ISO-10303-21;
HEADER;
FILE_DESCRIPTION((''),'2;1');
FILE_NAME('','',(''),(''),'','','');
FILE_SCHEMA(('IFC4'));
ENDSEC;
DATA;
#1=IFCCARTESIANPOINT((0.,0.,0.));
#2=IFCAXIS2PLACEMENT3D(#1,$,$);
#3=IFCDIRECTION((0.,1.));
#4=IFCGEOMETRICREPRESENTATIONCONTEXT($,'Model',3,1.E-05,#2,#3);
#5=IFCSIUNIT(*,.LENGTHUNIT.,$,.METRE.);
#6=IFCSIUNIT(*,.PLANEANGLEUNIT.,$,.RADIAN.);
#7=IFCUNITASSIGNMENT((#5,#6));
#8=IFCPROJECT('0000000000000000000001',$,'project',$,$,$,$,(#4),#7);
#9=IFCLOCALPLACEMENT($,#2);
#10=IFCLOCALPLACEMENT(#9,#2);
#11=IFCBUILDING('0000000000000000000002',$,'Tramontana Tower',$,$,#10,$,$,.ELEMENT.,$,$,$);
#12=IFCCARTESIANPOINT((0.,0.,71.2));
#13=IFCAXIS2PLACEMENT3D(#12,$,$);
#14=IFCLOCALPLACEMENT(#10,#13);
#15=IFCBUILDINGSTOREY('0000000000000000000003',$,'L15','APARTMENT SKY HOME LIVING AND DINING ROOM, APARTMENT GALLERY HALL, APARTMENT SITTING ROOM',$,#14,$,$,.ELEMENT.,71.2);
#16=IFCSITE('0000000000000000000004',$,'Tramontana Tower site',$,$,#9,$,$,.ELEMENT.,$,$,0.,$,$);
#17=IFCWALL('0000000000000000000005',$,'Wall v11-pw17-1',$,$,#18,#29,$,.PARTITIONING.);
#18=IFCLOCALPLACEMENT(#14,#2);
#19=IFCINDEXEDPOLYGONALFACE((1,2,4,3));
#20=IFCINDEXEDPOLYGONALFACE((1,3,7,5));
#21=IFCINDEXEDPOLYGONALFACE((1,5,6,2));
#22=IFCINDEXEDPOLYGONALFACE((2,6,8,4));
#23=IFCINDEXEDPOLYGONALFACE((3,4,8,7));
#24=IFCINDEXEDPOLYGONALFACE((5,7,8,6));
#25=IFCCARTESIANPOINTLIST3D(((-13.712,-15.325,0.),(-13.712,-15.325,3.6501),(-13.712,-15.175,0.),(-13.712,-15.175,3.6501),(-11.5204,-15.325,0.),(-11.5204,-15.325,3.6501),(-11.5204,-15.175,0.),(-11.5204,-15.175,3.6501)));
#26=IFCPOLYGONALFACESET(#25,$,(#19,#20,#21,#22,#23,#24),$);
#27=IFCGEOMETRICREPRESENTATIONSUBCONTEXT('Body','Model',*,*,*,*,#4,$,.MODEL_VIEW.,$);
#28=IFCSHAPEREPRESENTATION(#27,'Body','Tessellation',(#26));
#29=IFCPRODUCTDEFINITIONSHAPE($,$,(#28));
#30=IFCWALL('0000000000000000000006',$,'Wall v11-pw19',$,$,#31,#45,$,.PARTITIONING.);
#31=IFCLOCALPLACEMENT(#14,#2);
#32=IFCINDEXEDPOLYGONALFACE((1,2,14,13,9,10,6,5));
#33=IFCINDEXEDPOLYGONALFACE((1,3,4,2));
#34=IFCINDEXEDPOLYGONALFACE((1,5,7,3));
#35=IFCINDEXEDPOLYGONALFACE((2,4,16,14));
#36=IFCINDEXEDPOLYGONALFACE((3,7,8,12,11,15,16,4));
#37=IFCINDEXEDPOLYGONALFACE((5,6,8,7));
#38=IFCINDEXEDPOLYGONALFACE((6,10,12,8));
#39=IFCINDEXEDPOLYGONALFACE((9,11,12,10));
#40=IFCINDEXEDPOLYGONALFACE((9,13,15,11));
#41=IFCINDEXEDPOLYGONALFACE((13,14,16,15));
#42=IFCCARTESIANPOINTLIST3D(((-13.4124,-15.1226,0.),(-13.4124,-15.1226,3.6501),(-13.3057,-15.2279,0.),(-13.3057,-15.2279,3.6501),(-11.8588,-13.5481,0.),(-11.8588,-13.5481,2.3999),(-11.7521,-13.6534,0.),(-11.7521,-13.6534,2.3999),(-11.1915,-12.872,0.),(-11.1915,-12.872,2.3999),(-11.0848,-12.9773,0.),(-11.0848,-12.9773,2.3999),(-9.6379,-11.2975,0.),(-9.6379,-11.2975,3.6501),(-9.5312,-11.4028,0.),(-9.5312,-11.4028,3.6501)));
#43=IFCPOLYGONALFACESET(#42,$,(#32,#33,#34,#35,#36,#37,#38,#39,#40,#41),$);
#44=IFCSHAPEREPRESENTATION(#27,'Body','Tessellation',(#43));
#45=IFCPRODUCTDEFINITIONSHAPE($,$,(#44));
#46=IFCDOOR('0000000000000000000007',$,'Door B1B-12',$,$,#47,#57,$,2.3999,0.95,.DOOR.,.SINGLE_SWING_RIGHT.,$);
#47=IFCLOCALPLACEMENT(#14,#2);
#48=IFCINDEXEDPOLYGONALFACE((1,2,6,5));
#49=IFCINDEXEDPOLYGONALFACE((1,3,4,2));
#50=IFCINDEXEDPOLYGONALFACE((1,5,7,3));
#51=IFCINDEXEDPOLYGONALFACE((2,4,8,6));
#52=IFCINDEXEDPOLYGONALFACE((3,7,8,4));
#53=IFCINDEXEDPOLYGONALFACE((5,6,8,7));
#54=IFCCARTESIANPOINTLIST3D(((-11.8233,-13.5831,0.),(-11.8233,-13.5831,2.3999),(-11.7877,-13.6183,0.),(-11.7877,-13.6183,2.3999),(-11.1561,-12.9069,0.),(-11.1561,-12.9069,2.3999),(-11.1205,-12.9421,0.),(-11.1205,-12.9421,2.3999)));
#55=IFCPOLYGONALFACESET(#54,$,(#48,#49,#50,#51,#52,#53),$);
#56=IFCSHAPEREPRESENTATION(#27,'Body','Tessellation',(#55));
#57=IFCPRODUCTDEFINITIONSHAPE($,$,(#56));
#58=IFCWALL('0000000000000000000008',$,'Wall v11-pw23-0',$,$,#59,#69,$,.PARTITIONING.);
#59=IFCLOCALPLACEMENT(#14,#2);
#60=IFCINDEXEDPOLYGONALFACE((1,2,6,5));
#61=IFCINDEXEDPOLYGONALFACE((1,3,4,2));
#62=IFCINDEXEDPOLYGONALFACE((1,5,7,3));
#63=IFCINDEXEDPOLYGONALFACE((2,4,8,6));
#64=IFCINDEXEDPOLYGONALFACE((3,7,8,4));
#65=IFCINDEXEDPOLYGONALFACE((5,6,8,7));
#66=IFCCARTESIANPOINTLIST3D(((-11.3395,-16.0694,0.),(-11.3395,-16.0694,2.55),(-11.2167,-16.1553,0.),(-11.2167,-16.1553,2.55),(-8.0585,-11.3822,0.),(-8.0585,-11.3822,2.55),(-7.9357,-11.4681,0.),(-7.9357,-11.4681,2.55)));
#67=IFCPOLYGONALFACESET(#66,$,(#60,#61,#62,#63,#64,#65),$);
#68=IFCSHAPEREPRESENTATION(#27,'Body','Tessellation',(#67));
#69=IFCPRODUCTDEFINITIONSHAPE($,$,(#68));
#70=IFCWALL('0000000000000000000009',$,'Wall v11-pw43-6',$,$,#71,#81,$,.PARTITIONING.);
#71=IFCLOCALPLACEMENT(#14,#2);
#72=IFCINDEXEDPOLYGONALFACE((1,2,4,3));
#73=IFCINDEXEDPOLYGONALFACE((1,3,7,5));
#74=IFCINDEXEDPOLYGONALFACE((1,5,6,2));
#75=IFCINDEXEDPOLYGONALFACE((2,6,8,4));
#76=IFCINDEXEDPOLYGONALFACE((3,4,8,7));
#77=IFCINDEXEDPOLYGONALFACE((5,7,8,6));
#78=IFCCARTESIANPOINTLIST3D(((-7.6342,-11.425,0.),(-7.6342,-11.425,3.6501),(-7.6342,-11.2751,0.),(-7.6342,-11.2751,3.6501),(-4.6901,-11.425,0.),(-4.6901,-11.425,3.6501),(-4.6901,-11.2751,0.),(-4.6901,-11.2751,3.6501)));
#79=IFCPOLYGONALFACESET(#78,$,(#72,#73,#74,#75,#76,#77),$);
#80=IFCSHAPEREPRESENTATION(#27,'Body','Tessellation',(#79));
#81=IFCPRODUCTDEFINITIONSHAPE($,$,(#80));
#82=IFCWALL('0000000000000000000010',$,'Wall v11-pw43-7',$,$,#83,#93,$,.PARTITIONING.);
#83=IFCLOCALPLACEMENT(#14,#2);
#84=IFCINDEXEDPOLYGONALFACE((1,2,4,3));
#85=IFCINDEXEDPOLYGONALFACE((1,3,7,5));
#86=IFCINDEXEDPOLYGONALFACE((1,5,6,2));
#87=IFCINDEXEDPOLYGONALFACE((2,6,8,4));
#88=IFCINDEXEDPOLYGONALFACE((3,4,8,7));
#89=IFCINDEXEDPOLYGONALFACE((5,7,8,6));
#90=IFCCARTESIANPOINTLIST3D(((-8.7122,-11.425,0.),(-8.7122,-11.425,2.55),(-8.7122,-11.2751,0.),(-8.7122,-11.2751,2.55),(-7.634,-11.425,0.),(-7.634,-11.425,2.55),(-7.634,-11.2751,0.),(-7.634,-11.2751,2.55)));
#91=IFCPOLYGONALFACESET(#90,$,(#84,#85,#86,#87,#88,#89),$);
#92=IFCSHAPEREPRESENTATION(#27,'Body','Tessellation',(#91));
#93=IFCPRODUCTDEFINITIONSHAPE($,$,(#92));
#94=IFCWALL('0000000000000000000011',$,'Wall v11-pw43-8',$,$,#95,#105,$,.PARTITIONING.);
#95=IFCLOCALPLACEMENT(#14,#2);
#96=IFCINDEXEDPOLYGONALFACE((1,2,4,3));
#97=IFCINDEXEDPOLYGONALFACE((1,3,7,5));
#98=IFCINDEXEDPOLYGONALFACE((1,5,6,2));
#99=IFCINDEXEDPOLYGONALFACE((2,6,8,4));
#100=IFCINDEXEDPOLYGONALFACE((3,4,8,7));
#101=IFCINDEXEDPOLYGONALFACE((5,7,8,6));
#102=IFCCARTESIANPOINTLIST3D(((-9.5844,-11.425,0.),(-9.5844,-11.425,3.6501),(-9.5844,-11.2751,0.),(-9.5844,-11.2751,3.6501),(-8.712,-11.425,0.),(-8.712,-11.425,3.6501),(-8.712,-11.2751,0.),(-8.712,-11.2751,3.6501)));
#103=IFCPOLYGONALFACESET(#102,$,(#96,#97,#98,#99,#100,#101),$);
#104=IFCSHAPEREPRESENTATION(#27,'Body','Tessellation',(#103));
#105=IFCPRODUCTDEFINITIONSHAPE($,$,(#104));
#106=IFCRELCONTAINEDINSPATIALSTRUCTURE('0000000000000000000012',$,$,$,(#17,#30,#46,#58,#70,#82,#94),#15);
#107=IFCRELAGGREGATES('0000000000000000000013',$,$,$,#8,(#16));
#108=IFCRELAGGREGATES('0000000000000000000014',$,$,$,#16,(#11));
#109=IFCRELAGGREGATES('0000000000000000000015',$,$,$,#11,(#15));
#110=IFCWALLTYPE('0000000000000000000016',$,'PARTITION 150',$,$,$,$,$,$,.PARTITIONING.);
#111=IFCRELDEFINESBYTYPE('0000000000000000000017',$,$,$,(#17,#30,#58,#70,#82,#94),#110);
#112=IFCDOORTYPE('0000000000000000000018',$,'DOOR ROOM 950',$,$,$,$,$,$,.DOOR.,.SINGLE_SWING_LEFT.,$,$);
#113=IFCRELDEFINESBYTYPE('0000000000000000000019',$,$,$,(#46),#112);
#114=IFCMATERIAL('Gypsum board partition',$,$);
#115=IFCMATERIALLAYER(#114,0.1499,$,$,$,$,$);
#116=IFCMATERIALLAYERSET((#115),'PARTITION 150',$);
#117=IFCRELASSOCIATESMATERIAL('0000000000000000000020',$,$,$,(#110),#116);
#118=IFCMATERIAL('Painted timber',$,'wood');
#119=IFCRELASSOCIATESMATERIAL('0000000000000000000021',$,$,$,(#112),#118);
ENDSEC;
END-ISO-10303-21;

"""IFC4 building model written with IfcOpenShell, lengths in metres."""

from ifc_helpers import new_model, si_unit, direction, frame, frame_2d, origin, place, context, subcontext, project, spatial, rectangle, extrude, material, layer, layer_set, type_object, element, fill, save


model = new_model("IFC4")

# Units and contexts
model_context = context("Model", 3, precision=1e-05, world=origin(), true_north=direction((0.0, 1.0)))
body_context = subcontext(model_context, "Body", "Model", "MODEL_VIEW")
ifc_project = project(units=[si_unit("LENGTHUNIT", "METRE"), si_unit("PLANEANGLEUNIT", "RADIAN")], contexts=[model_context])

# Site, building, storey
site_placement = place(None, origin())
site = spatial("IfcSite", under=ifc_project, at=site_placement, Name="Tramontana Tower site", CompositionType="ELEMENT", RefElevation=0.0)
building_placement = place(site_placement, origin())
building = spatial("IfcBuilding", under=site, at=building_placement, Name="Tramontana Tower", CompositionType="ELEMENT")
storey_placement = place(building_placement, frame((0.0, 0.0, 71.2)))
storey = spatial("IfcBuildingStorey", under=building, at=storey_placement, Name="L15", Description="APARTMENT SKY HOME LIVING AND DINING ROOM, APARTMENT GALLERY HALL, APARTMENT SITTING ROOM", CompositionType="ELEMENT", Elevation=71.2)

# Wall
ifc_material_1 = material(Name="Gypsum board partition")
ifc_layer_1 = layer(ifc_material_1, 0.1499)
ifc_layer_set_1 = layer_set([ifc_layer_1], Name="PARTITION 150")
wall_type_1 = type_object("IfcWallType", Name="PARTITION 150", PredefinedType="PARTITIONING", material=ifc_layer_set_1)
wall_1_placement = place(storey_placement, frame((-11.5205, -15.25, 0.0), z_axis=(0.0, 0.0, 1.0), x_axis=(-1.0, 0.0, 0.0)))
element("IfcWall", 1, at=wall_1_placement, inside=storey, type_object=wall_type_1, Name="Wall v11-pw17-1", PredefinedType="PARTITIONING", context=body_context, shape_type="SweptSolid", body=[
    extrude(rectangle(XDim=2.1917, YDim=0.1499, at=frame_2d((1.0957, 0.0))), origin(), (0.0, 0.0, 1.0), 3.6501),
])

# Wall, opening, door
wall_2_placement = place(storey_placement, frame((-9.5845, -11.3501, 0.0), z_axis=(0.0, 0.0, 1.0), x_axis=(-0.702389, -0.711793, 0.0)))
wall_2 = element("IfcWall", 2, at=wall_2_placement, inside=storey, type_object=wall_type_1, Name="Wall v11-pw19", PredefinedType="PARTITIONING", context=body_context, shape_type="SweptSolid", body=[
    extrude(rectangle(XDim=5.3738, YDim=0.1499, at=frame_2d((2.687, 0.0))), origin(), (0.0, 0.0, 1.0), 3.6501),
])
opening_1_placement = place(wall_2_placement, frame((2.2119, 0.0, 0.0)))
opening_1 = element("IfcOpeningElement", 3, at=opening_1_placement, cuts=wall_2, PredefinedType="OPENING", context=body_context, shape_type="SweptSolid", body=[
    extrude(rectangle(XDim=0.95, YDim=2.3999, at=frame_2d((0.4751, 1.2))), frame((0.0, 0.085, 0.0), z_axis=(0.0, -1.0, 0.0), x_axis=(1.0, 0.0, 0.0)), (0.0, 0.0, 1.0), 0.1699),
])
ifc_material_2 = material(Name="Painted timber", Category="wood")
door_type_1 = type_object("IfcDoorType", Name="DOOR ROOM 950", OperationType="SINGLE_SWING_LEFT", PredefinedType="DOOR", material=ifc_material_2)
door_1_placement = place(opening_1_placement, origin())
door_1 = element("IfcDoor", 4, at=door_1_placement, inside=storey, type_object=door_type_1, Name="Door B1B-12", OperationType="SINGLE_SWING_RIGHT", OverallHeight=2.3999, OverallWidth=0.95, PredefinedType="DOOR", context=body_context, shape_type="SweptSolid", body=[
    extrude(rectangle(XDim=0.95, YDim=2.3999, at=frame_2d((0.4751, 1.2))), frame((0.0, 0.0249, 0.0), z_axis=(0.0, -1.0, 0.0), x_axis=(1.0, 0.0, 0.0)), (0.0, 0.0, 1.0), 0.05),
])
fill(opening_1, door_1)

# Wall
wall_3_placement = place(storey_placement, frame((-7.9971, -11.425, 0.0), z_axis=(0.0, 0.0, 1.0), x_axis=(-0.573454, -0.819238, 0.0)))
element("IfcWall", 5, at=wall_3_placement, inside=storey, type_object=wall_type_1, Name="Wall v11-pw23-0", PredefinedType="PARTITIONING", context=body_context, shape_type="SweptSolid", body=[
    extrude(rectangle(XDim=5.7214, YDim=0.1499, at=frame_2d((2.8608, 0.0))), origin(), (0.0, 0.0, 1.0), 2.55),
])

# Walls
wall_4_placement = place(storey_placement, frame((-4.6899, -11.3501, 0.0), z_axis=(0.0, 0.0, 1.0), x_axis=(-1.0, 0.0, 0.0)))
element("IfcWall", 6, at=wall_4_placement, inside=storey, type_object=wall_type_1, Name="Wall v11-pw43-6", PredefinedType="PARTITIONING", context=body_context, shape_type="SweptSolid", body=[
    extrude(rectangle(XDim=2.9441, YDim=0.1499, at=frame_2d((1.4722, 0.0))), origin(), (0.0, 0.0, 1.0), 3.6501),
])
wall_5_placement = place(storey_placement, frame((-7.634, -11.3501, 0.0), z_axis=(0.0, 0.0, 1.0), x_axis=(-1.0, 0.0, 0.0)))
element("IfcWall", 7, at=wall_5_placement, inside=storey, type_object=wall_type_1, Name="Wall v11-pw43-7", PredefinedType="PARTITIONING", context=body_context, shape_type="SweptSolid", body=[
    extrude(rectangle(XDim=1.0781, YDim=0.1499, at=frame_2d((0.5391, 0.0))), origin(), (0.0, 0.0, 1.0), 2.55),
])
wall_6_placement = place(storey_placement, frame((-8.7122, -11.3501, 0.0), z_axis=(0.0, 0.0, 1.0), x_axis=(-1.0, 0.0, 0.0)))
element("IfcWall", 8, at=wall_6_placement, inside=storey, type_object=wall_type_1, Name="Wall v11-pw43-8", PredefinedType="PARTITIONING", context=body_context, shape_type="SweptSolid", body=[
    extrude(rectangle(XDim=0.8723, YDim=0.1499, at=frame_2d((0.436, 0.0))), origin(), (0.0, 0.0, 1.0), 3.6501),
])

save(model, "model.ifc")
